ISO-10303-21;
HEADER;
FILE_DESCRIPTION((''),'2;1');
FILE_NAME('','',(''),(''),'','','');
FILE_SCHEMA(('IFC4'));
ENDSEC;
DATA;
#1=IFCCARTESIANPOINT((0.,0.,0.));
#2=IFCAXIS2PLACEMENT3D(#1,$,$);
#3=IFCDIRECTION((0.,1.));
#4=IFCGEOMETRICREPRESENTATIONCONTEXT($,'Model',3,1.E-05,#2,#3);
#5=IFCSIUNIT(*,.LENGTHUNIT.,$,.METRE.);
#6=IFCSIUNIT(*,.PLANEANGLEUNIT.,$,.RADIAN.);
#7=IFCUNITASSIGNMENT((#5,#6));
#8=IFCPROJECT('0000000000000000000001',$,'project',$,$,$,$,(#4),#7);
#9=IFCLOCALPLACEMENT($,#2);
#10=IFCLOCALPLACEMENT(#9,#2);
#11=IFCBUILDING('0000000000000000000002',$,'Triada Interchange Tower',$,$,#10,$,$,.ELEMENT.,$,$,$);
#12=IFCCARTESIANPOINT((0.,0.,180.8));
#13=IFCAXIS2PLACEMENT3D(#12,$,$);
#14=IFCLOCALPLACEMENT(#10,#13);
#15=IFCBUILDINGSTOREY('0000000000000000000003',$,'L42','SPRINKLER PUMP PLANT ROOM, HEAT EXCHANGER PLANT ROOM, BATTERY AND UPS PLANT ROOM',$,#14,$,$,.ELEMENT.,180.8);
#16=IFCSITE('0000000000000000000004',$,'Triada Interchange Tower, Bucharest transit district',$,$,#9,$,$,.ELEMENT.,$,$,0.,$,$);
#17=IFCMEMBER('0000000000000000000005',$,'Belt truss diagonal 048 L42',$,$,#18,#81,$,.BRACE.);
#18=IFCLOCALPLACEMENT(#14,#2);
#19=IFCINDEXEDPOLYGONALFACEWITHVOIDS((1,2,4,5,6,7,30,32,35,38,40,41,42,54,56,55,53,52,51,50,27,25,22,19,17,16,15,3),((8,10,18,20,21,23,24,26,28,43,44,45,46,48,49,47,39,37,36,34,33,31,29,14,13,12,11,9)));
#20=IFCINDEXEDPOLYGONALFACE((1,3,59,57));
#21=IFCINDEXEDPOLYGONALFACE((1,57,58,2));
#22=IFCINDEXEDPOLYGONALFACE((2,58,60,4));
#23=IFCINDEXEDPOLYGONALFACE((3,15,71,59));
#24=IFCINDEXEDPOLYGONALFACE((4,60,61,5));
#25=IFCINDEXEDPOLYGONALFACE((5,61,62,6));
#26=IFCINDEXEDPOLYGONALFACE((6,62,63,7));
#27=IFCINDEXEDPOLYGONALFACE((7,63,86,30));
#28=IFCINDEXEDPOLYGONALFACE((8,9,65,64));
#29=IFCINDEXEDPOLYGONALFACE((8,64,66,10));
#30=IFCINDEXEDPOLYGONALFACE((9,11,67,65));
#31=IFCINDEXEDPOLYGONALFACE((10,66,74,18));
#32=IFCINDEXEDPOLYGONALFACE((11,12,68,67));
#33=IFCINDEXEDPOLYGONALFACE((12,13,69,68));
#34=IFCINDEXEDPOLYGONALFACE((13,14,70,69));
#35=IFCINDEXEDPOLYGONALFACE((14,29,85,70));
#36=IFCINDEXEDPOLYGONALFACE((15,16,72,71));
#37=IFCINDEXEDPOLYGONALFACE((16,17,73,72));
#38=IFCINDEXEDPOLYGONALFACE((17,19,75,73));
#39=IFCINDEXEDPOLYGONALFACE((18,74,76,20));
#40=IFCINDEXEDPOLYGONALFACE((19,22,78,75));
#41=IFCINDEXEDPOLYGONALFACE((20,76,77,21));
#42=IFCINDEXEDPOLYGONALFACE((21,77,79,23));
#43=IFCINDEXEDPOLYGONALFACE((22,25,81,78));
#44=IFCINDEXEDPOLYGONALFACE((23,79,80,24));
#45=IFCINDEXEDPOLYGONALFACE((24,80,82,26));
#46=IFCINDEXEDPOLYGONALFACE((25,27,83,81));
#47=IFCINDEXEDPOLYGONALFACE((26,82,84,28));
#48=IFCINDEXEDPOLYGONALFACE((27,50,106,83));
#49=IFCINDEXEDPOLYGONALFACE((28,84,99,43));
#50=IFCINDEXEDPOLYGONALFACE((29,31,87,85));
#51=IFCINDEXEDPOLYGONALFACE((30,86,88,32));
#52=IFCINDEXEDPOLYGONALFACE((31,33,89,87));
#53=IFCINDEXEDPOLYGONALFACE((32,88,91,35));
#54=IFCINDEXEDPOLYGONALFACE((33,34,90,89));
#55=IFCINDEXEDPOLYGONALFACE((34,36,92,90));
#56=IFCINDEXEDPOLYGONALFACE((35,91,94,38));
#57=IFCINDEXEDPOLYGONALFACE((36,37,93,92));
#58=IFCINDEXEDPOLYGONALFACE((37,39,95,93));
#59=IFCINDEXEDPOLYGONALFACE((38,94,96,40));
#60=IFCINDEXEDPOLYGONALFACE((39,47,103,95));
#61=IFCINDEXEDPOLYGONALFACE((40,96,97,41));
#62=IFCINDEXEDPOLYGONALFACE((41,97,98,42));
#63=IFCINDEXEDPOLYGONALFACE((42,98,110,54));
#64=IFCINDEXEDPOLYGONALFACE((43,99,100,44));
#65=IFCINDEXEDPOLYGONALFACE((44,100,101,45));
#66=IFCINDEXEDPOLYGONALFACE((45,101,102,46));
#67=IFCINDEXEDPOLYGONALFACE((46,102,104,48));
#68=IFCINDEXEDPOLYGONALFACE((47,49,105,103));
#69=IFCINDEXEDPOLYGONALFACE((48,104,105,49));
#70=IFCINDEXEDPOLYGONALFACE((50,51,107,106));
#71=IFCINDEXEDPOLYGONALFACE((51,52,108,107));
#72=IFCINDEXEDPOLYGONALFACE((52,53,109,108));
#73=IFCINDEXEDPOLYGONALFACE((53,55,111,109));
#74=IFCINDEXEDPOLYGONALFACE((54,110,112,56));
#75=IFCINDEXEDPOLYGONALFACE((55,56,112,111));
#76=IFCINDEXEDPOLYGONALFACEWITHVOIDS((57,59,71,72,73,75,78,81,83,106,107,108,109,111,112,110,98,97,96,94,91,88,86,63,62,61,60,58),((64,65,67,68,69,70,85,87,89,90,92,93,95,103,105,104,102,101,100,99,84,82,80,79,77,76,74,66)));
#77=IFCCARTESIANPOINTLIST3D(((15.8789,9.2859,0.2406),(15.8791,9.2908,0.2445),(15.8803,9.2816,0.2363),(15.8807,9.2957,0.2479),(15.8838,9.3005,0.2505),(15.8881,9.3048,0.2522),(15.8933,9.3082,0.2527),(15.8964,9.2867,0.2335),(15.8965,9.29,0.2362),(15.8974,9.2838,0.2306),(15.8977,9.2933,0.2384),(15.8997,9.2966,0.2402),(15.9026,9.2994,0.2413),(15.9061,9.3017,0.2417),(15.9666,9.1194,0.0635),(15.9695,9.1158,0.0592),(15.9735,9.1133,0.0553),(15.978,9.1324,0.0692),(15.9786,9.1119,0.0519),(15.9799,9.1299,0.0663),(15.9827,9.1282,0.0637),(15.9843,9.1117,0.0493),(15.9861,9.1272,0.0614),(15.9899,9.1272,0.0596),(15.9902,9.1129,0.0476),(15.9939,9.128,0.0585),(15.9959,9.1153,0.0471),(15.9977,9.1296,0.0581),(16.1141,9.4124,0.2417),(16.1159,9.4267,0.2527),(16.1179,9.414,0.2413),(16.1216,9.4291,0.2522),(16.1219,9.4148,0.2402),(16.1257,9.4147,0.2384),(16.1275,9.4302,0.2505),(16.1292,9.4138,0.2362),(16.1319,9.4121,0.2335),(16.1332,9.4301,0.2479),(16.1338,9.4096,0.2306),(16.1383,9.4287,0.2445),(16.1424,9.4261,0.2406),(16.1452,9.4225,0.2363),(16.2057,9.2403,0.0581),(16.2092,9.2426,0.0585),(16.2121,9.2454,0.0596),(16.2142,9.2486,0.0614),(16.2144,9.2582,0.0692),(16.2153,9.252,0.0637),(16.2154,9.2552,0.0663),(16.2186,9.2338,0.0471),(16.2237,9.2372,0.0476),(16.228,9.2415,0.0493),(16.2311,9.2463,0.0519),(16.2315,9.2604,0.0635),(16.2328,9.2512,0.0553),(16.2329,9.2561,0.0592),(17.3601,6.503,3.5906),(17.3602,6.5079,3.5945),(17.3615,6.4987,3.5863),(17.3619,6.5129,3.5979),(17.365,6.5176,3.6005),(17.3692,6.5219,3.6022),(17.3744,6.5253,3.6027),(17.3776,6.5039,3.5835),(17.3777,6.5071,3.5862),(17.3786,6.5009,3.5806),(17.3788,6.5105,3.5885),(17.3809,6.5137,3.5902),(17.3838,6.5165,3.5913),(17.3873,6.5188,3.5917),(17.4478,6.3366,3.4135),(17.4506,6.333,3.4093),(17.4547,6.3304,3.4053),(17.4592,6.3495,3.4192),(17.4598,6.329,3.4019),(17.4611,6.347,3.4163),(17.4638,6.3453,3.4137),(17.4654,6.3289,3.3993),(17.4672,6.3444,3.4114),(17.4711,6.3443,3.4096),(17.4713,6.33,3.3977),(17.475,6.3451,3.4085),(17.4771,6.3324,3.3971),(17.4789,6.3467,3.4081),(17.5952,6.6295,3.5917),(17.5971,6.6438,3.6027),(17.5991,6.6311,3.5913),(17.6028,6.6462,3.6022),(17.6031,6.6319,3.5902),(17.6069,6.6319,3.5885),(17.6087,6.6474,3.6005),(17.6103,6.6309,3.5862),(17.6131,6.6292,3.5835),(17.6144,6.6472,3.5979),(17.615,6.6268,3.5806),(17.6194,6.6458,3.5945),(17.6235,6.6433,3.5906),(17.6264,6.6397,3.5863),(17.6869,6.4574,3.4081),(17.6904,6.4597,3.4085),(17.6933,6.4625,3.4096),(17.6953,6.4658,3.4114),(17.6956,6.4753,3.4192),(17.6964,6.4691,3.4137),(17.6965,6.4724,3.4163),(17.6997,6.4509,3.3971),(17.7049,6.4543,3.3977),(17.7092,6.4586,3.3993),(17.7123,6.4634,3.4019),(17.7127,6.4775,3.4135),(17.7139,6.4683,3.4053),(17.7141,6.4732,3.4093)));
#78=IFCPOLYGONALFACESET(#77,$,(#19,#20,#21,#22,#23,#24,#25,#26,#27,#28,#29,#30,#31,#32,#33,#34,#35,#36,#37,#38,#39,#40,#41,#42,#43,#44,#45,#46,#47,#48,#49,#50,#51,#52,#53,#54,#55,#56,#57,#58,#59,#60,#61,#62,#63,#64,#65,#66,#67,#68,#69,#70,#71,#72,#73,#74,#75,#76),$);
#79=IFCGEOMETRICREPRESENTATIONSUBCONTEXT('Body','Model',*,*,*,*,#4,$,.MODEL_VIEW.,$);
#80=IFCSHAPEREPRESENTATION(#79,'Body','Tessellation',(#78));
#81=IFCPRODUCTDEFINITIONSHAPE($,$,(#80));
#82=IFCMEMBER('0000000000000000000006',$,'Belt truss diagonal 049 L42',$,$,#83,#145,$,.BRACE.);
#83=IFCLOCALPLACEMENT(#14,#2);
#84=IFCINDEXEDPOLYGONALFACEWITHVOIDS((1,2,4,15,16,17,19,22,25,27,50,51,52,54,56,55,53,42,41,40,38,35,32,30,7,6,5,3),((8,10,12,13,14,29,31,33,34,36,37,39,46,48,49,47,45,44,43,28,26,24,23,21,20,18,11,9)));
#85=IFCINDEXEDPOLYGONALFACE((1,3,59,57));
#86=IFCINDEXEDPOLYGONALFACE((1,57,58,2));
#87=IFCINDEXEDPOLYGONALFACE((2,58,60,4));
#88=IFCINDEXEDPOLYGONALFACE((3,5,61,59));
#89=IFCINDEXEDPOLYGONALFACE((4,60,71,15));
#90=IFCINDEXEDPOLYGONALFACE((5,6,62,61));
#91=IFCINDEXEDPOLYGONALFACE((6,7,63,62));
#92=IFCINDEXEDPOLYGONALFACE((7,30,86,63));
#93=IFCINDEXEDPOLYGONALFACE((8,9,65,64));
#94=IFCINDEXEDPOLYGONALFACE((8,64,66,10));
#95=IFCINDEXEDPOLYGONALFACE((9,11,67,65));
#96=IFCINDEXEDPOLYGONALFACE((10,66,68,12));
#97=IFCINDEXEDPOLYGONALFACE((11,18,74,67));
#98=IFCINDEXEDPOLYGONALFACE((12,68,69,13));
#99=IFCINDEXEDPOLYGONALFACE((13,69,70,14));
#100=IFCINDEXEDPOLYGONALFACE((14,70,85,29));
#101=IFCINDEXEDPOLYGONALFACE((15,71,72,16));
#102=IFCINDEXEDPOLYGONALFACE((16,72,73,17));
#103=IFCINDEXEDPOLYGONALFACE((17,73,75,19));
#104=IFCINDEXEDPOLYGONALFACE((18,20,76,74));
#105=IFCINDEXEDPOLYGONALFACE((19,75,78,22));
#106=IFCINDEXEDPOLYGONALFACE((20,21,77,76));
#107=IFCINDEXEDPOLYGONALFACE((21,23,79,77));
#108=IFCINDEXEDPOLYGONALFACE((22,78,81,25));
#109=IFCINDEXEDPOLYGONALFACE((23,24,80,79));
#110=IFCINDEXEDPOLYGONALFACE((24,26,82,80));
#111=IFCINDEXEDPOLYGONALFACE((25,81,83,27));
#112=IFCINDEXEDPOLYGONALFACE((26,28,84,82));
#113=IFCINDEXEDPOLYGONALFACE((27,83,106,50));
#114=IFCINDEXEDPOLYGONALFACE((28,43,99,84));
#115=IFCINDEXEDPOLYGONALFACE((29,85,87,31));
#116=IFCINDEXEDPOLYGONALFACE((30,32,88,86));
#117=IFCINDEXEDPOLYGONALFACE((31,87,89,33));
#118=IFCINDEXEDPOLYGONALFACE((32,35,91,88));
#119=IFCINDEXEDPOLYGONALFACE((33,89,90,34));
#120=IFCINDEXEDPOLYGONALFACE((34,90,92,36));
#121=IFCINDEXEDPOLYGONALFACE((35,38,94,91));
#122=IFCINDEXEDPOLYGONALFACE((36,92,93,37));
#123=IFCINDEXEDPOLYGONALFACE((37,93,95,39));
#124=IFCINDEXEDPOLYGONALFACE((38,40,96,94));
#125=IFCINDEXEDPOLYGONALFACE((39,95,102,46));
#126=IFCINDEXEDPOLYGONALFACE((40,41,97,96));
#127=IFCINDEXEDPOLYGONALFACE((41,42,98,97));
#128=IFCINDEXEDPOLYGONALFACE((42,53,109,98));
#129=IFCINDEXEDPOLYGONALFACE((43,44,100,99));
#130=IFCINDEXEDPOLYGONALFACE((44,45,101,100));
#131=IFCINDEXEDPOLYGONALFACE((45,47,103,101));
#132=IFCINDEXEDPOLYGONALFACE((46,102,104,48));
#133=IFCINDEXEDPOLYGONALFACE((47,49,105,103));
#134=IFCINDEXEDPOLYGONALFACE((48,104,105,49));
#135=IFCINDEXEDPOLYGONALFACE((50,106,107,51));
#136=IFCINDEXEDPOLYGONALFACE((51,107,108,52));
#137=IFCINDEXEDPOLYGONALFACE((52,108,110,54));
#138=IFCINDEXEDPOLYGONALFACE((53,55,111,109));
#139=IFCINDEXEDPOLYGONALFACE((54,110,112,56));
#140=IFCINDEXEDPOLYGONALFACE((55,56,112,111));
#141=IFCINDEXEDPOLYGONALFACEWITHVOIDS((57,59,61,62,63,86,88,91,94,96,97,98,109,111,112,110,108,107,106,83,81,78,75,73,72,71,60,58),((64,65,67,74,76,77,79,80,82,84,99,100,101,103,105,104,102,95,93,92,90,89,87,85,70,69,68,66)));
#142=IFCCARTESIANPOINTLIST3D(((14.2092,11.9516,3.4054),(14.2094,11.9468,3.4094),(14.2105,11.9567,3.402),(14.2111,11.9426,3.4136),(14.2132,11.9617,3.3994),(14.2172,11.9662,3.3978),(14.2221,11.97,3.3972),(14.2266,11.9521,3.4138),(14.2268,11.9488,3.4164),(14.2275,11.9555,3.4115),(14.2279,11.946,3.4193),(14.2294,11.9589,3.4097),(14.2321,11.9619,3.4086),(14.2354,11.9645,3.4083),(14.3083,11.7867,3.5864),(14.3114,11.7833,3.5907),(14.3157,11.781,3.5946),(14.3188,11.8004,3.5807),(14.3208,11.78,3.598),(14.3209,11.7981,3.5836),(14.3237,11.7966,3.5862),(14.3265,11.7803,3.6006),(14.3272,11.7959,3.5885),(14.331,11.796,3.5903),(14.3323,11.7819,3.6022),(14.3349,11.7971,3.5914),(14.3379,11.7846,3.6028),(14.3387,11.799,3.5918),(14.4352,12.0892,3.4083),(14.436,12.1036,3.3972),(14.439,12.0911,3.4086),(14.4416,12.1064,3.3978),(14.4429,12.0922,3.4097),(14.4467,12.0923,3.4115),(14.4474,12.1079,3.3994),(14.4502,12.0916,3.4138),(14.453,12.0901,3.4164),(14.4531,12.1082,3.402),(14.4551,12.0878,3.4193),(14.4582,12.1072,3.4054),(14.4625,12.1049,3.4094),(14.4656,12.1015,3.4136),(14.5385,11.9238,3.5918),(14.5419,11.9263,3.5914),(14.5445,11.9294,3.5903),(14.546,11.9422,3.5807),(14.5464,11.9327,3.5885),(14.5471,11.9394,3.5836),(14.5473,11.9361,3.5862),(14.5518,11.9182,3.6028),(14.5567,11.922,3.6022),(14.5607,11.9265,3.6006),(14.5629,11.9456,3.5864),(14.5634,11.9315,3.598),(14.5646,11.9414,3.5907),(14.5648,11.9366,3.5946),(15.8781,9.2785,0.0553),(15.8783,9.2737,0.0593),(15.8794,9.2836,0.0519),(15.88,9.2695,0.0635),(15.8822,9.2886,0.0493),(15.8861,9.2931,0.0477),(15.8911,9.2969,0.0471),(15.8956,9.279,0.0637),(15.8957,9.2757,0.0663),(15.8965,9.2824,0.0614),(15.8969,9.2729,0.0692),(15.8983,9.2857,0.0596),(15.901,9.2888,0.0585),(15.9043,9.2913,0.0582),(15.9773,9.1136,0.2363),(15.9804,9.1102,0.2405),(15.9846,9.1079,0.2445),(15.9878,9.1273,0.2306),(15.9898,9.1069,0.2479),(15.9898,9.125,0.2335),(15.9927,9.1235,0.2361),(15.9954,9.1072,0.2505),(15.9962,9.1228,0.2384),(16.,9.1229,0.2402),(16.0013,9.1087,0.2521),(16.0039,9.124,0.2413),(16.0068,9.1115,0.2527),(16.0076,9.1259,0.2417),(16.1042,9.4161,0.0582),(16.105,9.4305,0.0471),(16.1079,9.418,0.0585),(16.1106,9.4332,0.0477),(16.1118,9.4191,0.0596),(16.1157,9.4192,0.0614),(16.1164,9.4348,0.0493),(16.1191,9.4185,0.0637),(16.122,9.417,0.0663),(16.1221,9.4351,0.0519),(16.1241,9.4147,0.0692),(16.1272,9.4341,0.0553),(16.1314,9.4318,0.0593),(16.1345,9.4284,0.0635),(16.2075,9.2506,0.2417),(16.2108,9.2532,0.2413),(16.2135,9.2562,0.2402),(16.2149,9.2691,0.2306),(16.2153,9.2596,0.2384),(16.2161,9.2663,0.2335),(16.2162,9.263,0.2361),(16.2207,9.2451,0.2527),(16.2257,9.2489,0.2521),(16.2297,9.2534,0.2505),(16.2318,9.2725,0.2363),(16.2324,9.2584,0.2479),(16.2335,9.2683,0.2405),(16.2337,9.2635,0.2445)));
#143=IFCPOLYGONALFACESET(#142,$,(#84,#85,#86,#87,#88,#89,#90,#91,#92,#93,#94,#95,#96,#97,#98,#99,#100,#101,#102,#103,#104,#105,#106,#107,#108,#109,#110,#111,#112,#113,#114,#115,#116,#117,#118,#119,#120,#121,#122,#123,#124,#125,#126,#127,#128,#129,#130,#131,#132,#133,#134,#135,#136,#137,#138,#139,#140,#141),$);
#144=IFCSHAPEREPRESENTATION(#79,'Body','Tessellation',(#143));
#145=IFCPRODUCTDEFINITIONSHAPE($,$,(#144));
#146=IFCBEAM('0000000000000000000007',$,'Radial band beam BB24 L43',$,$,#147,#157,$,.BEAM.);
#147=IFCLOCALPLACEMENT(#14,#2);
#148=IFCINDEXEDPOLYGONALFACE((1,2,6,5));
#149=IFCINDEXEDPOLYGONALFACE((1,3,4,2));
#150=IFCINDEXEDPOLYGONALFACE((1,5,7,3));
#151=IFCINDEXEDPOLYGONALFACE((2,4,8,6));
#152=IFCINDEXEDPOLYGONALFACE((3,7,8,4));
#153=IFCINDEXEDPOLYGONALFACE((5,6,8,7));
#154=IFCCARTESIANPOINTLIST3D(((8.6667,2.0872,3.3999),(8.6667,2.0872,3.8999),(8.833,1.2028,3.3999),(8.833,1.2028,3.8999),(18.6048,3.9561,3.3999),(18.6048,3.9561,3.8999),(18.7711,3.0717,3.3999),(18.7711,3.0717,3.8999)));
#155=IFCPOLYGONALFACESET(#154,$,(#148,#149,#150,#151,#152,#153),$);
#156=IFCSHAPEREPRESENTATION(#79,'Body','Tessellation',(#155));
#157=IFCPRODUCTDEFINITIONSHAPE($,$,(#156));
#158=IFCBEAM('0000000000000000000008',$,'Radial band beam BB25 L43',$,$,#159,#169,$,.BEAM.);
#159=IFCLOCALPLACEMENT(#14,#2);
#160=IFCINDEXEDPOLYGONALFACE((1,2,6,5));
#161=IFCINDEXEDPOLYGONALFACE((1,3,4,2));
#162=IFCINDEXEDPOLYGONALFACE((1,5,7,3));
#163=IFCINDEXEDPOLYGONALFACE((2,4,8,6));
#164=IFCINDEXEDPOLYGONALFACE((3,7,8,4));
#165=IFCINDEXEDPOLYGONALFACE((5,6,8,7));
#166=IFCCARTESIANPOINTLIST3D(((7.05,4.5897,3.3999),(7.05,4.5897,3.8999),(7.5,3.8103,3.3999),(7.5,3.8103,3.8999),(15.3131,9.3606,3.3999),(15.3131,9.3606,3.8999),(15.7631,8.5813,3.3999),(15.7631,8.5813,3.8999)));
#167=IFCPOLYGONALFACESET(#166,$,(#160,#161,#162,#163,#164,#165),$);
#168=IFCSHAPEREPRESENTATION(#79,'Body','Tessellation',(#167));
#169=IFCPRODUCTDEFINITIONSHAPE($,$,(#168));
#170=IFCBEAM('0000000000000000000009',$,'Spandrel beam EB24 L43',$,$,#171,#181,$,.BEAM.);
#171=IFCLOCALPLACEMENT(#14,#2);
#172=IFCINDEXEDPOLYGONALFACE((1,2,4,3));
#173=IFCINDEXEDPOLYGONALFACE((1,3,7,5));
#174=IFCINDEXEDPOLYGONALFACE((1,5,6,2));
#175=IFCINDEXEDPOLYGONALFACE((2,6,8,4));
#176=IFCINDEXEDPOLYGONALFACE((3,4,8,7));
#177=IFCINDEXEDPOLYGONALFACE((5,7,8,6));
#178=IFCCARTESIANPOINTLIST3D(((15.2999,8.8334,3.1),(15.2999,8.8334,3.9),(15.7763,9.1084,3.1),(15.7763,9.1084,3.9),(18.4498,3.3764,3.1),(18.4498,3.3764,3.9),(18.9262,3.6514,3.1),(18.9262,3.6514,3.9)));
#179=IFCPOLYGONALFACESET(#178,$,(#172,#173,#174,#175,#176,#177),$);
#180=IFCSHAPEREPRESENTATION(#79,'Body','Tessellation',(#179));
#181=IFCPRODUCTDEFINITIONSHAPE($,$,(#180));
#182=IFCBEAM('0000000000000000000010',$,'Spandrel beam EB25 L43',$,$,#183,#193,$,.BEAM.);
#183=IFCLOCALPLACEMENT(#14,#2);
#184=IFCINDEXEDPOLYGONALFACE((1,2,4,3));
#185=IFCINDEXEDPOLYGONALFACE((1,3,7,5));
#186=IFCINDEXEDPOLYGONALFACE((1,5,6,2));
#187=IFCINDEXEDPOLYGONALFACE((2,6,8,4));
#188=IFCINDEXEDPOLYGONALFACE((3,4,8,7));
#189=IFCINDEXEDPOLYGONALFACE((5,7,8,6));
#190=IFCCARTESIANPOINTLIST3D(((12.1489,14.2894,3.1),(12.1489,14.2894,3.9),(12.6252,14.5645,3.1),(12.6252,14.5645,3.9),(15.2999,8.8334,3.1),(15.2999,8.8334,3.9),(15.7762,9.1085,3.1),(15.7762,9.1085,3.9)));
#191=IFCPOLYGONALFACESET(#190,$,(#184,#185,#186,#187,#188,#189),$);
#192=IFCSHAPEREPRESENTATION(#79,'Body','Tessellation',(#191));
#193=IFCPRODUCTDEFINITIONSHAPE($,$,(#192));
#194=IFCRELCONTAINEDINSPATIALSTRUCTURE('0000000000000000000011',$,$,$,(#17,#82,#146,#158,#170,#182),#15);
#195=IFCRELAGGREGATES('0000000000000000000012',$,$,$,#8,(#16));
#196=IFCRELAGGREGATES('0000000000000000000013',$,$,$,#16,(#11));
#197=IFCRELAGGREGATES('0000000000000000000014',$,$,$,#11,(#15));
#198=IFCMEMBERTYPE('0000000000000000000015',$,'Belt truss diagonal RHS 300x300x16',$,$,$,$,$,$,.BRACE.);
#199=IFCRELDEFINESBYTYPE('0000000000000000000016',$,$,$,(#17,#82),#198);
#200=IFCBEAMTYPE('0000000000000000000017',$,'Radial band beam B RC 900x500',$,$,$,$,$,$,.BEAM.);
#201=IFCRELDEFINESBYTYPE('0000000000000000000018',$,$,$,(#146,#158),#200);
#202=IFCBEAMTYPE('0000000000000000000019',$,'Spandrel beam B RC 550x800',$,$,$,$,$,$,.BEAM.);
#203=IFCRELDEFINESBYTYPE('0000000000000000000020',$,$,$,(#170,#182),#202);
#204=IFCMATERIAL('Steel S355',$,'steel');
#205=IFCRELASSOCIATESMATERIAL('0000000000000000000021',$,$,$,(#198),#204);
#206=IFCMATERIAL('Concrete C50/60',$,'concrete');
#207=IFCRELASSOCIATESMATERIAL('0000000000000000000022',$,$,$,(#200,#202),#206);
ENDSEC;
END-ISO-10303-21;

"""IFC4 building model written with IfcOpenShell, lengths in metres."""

from ifc_helpers import new_model, si_unit, direction, frame, origin, origin_2d, place, context, subcontext, project, spatial, rectangle, hollow_rectangle, extrude, material, material_profile, profile_set, type_object, element, save


model = new_model("IFC4")

# Units and contexts
model_context = context("Model", 3, precision=1e-05, world=origin(), true_north=direction((0.0, 1.0)))
body_context = subcontext(model_context, "Body", "Model", "MODEL_VIEW")
ifc_project = project(units=[si_unit("LENGTHUNIT", "METRE"), si_unit("PLANEANGLEUNIT", "RADIAN")], contexts=[model_context])

# Site, building, storey
site_placement = place(None, origin())
site = spatial("IfcSite", under=ifc_project, at=site_placement, Name="Triada Interchange Tower, Bucharest transit district", CompositionType="ELEMENT", RefElevation=0.0)
building_placement = place(site_placement, origin())
building = spatial("IfcBuilding", under=site, at=building_placement, Name="Triada Interchange Tower", CompositionType="ELEMENT")
storey_placement = place(building_placement, frame((0.0, 0.0, 180.8)))
storey = spatial("IfcBuildingStorey", under=building, at=storey_placement, Name="L42", Description="SPRINKLER PUMP PLANT ROOM, HEAT EXCHANGER PLANT ROOM, BATTERY AND UPS PLANT ROOM", CompositionType="ELEMENT", Elevation=180.8)

# Members
ifc_material_1 = material(Name="Steel S355", Category="steel")
ifc_material_profile_1 = material_profile(ifc_material_1, hollow_rectangle(XDim=0.3, YDim=0.3, WallThickness=0.0161, InnerFilletRadius=0.0161, OuterFilletRadius=0.0239, at=origin_2d()), Name="RHS 300x300x16")
ifc_profile_set_1 = profile_set([ifc_material_profile_1], Name="Steel S355")
member_type = type_object("IfcMemberType", Name="Belt truss diagonal RHS 300x300x16", PredefinedType="BRACE", material=ifc_profile_set_1)
member_1_placement = place(storey_placement, frame((16.0559, 9.271, 0.1499), z_axis=(0.321985, -0.604963, 0.728248), x_axis=(0.882753, 0.469836, 0.0)))
element("IfcMember", 1, at=member_1_placement, inside=storey, type_object=member_type, Name="Belt truss diagonal 048 L42", PredefinedType="BRACE", context=body_context, shape_type="SweptSolid", body=[
    extrude(hollow_rectangle(XDim=0.3, YDim=0.3, WallThickness=0.0161, InnerFilletRadius=0.0161, OuterFilletRadius=0.0239, at=origin_2d()), origin(), (0.0, 0.0, 1.0), 4.6001),
])
member_2_placement = place(storey_placement, frame((16.0559, 9.271, 0.1499), z_axis=(-0.362866, 0.581191, 0.728386), x_axis=(-0.848246, -0.529602, 0.0)))
element("IfcMember", 2, at=member_2_placement, inside=storey, type_object=member_type, Name="Belt truss diagonal 049 L42", PredefinedType="BRACE", context=body_context, shape_type="SweptSolid", body=[
    extrude(hollow_rectangle(XDim=0.3, YDim=0.3, WallThickness=0.0161, InnerFilletRadius=0.0161, OuterFilletRadius=0.0239, at=origin_2d()), origin(), (0.0, 0.0, 1.0), 4.5994),
])

# Beams
ifc_material_2 = material(Name="Concrete C50/60", Category="concrete")
ifc_material_profile_2 = material_profile(ifc_material_2, rectangle(XDim=0.8999, YDim=0.5, at=origin_2d()), Name="RC 900x500")
ifc_profile_set_2 = profile_set([ifc_material_profile_2], Name="Concrete C50/60")
beam_type_1 = type_object("IfcBeamType", Name="Radial band beam B RC 900x500", PredefinedType="BEAM", material=ifc_profile_set_2)
beam_1_placement = place(storey_placement, frame((18.688, 3.5139, 3.6499), z_axis=(-0.982773, -0.184816, 0.0), x_axis=(0.184816, -0.982773, 0.0)))
element("IfcBeam", 3, at=beam_1_placement, inside=storey, type_object=beam_type_1, Name="Radial band beam BB24 L43", PredefinedType="BEAM", context=body_context, shape_type="SweptSolid", body=[
    extrude(rectangle(XDim=0.8999, YDim=0.5, at=origin_2d()), origin(), (0.0, 0.0, 1.0), 10.1123),
])
beam_2_placement = place(storey_placement, frame((15.5381, 8.9709, 3.6499), z_axis=(-0.866014, -0.500019, 0.0), x_axis=(0.500019, -0.866014, 0.0)))
element("IfcBeam", 4, at=beam_2_placement, inside=storey, type_object=beam_type_1, Name="Radial band beam BB25 L43", PredefinedType="BEAM", context=body_context, shape_type="SweptSolid", body=[
    extrude(rectangle(XDim=0.8999, YDim=0.5, at=origin_2d()), origin(), (0.0, 0.0, 1.0), 9.5415),
])
ifc_material_profile_3 = material_profile(ifc_material_2, rectangle(XDim=0.55, YDim=0.8, at=origin_2d()), Name="RC 550x800")
ifc_profile_set_3 = profile_set([ifc_material_profile_3], Name="Concrete C50/60")
beam_type_2 = type_object("IfcBeamType", Name="Spandrel beam B RC 550x800", PredefinedType="BEAM", material=ifc_profile_set_3)
beam_3_placement = place(storey_placement, frame((18.688, 3.5139, 3.5), z_axis=(-0.499915, 0.866075, 0.0), x_axis=(-0.866075, -0.499915, 0.0)))
element("IfcBeam", 5, at=beam_3_placement, inside=storey, type_object=beam_type_2, Name="Spandrel beam EB24 L43", PredefinedType="BEAM", context=body_context, shape_type="SweptSolid", body=[
    extrude(rectangle(XDim=0.55, YDim=0.8, at=origin_2d()), origin(), (0.0, 0.0, 1.0), 6.3008),
])
beam_4_placement = place(storey_placement, frame((15.5381, 8.9709, 3.5), z_axis=(-0.500127, 0.865952, 0.0), x_axis=(-0.865952, -0.500127, 0.0)))
element("IfcBeam", 6, at=beam_4_placement, inside=storey, type_object=beam_type_2, Name="Spandrel beam EB25 L43", PredefinedType="BEAM", context=body_context, shape_type="SweptSolid", body=[
    extrude(rectangle(XDim=0.55, YDim=0.8, at=origin_2d()), origin(), (0.0, 0.0, 1.0), 6.3005),
])

save(model, "model.ifc")
